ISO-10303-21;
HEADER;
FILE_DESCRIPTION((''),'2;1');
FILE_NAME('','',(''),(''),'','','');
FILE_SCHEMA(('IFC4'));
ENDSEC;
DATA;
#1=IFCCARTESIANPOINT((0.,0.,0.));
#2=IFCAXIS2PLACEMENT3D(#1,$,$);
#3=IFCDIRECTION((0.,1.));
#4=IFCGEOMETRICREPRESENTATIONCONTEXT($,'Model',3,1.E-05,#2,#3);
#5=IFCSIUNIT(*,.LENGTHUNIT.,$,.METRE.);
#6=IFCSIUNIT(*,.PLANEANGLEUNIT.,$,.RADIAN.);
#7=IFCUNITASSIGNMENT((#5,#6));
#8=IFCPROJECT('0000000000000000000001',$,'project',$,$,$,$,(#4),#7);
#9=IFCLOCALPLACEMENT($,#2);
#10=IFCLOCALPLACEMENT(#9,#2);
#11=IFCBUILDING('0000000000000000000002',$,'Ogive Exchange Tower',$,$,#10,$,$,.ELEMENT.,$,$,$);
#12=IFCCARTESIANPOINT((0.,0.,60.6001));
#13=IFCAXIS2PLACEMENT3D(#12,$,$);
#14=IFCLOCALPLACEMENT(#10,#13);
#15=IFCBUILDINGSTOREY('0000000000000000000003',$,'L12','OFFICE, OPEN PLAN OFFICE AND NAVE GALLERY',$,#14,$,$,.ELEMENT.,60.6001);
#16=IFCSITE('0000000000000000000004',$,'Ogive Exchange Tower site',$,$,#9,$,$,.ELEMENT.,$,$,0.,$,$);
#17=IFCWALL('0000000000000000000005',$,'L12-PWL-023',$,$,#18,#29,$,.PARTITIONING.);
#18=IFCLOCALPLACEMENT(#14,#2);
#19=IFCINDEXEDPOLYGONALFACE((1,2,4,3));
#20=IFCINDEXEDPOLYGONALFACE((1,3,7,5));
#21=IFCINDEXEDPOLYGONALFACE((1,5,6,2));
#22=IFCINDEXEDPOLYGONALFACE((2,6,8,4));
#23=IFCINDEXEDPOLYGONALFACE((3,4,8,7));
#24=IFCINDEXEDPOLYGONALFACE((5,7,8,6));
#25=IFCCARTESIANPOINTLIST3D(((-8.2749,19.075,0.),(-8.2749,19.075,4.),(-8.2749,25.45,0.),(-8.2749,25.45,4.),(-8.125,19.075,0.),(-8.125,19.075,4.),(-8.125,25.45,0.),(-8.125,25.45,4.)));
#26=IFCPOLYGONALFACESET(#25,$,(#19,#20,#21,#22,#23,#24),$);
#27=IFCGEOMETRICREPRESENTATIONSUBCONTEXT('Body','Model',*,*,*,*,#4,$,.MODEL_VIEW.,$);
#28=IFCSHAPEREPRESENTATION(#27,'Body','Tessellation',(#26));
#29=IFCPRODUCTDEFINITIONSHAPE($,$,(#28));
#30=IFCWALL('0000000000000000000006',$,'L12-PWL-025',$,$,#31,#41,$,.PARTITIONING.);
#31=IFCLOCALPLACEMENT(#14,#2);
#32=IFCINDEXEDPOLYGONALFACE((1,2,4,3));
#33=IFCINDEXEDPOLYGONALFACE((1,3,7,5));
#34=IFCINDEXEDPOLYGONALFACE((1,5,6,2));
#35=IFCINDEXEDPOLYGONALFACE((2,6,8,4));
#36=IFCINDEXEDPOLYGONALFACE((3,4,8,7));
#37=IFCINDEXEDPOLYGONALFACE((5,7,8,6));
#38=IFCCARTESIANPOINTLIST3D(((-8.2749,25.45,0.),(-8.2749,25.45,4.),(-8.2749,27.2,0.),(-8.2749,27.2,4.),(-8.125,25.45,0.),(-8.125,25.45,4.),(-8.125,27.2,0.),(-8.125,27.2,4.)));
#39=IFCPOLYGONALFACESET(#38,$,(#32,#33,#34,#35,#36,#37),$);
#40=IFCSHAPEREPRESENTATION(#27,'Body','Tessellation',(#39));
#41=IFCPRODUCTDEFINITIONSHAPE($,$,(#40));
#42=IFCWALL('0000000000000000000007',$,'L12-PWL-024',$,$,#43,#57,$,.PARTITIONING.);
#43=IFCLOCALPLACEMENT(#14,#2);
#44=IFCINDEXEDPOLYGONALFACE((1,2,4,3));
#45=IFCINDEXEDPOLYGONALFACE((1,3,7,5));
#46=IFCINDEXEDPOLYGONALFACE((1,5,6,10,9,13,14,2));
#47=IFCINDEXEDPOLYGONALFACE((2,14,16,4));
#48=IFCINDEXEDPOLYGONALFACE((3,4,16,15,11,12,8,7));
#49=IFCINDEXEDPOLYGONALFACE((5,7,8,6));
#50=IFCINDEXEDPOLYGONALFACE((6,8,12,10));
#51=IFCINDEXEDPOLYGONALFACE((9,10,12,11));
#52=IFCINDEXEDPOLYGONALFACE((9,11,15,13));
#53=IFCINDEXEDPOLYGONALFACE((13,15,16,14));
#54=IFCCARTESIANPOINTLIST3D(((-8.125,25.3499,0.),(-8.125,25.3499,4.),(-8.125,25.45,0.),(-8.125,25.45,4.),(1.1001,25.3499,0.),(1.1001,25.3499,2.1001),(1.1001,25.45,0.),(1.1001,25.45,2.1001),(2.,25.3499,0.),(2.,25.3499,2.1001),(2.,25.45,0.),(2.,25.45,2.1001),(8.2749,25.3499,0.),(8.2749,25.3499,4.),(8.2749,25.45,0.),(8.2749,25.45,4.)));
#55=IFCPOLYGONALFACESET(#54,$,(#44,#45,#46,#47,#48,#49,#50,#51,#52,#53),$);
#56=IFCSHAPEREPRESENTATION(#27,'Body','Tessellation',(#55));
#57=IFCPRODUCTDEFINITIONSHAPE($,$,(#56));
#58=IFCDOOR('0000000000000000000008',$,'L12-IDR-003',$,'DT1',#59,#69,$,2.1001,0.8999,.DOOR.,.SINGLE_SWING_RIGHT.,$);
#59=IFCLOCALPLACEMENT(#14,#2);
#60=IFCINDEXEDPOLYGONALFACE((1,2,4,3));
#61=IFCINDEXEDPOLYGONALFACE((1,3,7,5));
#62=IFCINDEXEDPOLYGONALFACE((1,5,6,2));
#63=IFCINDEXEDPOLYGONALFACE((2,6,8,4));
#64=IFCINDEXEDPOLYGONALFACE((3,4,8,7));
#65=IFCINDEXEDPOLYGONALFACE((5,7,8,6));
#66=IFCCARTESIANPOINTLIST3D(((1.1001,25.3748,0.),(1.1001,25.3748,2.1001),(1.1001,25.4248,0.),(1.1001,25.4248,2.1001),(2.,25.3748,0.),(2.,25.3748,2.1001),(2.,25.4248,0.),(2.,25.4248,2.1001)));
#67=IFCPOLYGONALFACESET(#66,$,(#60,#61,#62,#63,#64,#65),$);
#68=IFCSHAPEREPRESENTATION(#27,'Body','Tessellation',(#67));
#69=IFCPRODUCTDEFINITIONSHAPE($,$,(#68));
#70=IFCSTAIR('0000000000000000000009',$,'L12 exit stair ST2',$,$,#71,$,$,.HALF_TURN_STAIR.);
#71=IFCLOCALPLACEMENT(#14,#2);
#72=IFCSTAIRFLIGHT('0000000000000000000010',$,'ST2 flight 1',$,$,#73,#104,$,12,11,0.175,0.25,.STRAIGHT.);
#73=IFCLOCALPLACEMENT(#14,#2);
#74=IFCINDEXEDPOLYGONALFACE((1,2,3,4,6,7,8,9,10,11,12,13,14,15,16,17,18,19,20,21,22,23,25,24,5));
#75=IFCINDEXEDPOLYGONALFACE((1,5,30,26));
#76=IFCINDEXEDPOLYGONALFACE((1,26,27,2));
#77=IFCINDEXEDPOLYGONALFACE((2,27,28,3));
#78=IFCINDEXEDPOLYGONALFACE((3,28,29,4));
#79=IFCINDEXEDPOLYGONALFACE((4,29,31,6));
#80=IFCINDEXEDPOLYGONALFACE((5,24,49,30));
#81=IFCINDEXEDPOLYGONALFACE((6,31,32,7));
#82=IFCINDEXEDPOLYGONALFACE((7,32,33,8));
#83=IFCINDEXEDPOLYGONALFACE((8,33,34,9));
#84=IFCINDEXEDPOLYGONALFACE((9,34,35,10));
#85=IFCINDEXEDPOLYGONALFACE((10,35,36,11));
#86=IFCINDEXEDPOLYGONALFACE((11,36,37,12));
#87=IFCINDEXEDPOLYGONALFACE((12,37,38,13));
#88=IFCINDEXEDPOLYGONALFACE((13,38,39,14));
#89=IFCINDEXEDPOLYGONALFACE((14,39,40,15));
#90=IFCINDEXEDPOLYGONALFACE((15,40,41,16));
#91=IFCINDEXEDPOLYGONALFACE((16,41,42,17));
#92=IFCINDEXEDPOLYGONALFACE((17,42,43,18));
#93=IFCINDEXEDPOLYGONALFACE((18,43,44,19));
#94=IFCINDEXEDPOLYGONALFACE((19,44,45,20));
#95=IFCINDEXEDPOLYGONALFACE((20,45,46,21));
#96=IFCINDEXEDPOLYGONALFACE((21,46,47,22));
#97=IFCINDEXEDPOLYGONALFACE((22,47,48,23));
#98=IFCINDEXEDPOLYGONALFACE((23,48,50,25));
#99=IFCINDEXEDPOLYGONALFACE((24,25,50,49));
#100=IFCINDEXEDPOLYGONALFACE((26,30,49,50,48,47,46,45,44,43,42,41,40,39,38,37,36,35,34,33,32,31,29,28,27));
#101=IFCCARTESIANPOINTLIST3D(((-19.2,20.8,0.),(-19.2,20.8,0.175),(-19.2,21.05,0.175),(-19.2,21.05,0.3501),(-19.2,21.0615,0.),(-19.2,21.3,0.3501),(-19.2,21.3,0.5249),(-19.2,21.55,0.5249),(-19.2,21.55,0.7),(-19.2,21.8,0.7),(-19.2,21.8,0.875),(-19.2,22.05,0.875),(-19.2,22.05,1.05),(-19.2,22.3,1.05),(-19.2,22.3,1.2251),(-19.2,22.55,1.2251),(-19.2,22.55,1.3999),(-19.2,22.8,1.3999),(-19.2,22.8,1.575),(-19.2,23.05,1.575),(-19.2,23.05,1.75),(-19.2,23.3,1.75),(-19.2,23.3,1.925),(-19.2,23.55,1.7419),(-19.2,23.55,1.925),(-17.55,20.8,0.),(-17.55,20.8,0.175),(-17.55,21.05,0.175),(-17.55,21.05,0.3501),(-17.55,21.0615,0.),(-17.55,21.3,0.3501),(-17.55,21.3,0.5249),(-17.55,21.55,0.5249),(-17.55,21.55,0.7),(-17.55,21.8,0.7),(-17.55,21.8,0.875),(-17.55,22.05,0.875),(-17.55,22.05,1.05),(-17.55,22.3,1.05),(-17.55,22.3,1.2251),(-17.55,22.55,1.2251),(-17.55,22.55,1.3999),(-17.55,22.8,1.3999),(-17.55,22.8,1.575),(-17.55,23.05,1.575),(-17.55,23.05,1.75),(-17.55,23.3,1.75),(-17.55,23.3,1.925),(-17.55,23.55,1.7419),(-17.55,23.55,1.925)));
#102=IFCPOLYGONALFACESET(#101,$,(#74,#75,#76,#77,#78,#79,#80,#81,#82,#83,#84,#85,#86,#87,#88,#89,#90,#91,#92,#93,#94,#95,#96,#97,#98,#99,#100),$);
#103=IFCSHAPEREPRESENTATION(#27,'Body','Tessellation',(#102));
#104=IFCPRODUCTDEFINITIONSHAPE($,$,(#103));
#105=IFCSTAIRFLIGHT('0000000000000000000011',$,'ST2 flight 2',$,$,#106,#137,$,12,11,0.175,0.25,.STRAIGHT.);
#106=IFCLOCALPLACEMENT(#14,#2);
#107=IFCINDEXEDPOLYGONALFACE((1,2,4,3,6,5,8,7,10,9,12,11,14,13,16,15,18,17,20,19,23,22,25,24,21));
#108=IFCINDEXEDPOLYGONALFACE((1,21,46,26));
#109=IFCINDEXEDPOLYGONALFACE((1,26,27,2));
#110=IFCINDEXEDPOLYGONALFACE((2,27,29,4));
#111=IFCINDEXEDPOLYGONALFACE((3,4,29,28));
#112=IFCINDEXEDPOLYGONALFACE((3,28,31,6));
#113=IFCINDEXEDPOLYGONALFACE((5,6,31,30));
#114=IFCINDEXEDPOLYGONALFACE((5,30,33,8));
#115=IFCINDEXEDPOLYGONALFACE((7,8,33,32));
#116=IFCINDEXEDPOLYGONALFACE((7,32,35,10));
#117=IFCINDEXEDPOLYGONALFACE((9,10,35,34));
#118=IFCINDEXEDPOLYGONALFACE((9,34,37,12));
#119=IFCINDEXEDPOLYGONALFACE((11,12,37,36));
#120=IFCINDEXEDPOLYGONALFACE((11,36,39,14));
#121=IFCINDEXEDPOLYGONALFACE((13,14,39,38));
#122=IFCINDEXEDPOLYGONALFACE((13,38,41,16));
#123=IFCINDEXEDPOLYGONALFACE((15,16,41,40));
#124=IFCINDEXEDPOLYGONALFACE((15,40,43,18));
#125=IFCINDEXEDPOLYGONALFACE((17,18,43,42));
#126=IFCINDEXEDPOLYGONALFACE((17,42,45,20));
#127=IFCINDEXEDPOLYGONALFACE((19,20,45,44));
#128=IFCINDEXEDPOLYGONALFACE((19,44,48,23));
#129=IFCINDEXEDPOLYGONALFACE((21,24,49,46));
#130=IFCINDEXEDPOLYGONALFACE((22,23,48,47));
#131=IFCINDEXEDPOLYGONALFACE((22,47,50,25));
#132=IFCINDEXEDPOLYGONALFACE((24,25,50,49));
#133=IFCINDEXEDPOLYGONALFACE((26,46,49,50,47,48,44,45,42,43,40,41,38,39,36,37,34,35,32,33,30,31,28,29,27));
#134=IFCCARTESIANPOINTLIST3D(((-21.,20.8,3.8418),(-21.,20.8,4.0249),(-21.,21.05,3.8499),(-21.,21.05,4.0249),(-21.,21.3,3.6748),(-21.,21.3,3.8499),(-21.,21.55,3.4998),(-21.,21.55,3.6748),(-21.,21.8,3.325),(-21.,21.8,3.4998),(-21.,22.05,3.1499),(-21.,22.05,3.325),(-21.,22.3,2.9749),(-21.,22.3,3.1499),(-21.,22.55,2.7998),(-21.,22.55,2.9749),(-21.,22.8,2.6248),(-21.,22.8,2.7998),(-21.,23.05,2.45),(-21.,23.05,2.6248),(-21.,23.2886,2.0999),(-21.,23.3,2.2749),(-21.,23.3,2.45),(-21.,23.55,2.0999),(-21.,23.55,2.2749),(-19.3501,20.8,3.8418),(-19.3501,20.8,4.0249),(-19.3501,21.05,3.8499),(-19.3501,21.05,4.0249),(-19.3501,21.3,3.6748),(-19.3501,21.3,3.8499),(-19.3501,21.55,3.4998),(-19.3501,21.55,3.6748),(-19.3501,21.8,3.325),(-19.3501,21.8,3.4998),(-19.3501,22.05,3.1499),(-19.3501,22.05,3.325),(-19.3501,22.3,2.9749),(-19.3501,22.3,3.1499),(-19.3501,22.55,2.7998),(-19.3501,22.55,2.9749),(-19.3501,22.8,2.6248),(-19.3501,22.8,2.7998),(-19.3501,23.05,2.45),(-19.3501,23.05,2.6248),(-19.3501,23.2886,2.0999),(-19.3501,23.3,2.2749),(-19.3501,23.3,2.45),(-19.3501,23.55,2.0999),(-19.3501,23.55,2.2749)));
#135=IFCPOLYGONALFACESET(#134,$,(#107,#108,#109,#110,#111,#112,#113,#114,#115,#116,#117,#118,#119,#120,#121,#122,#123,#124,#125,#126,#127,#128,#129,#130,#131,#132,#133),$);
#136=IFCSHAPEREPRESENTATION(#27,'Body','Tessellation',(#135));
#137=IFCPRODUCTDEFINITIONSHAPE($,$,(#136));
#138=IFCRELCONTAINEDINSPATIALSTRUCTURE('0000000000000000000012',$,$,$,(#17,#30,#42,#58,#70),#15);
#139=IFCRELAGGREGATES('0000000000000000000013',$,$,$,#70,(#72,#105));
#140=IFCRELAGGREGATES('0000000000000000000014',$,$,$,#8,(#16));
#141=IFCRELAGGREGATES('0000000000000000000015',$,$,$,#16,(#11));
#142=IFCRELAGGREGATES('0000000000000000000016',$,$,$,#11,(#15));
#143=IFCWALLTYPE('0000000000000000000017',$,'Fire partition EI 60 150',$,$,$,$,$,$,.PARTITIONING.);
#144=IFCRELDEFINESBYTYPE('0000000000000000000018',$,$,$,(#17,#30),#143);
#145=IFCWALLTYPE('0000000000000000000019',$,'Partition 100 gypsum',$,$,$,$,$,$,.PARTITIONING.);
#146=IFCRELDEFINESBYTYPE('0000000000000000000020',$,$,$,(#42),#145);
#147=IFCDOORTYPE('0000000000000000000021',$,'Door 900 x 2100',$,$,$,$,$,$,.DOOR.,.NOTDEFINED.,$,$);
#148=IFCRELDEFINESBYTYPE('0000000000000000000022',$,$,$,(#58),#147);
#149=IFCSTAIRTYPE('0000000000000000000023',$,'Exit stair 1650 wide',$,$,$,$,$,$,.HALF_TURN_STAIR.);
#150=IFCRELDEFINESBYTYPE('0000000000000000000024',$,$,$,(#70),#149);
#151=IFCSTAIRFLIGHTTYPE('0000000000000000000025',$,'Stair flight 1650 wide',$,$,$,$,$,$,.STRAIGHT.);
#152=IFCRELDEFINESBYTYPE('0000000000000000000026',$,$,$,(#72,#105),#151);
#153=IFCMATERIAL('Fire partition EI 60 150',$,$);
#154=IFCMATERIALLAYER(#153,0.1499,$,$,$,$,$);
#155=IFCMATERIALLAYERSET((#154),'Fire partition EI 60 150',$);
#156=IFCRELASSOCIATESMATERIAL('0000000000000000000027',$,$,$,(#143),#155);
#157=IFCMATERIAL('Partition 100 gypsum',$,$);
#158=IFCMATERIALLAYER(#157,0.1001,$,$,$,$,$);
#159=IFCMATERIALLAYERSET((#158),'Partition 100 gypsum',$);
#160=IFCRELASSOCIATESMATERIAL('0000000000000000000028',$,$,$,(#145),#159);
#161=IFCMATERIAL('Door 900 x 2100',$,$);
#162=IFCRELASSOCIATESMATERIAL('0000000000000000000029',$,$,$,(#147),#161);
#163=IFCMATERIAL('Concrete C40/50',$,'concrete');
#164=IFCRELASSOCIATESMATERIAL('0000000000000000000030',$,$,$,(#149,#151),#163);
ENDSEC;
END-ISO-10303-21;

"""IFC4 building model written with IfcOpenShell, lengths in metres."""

from ifc_helpers import new_model, si_unit, direction, frame, frame_2d, origin, place, context, subcontext, project, spatial, polyline, rectangle, outline, extrude, material, layer, layer_set, type_object, element, fill, aggregate, save


model = new_model("IFC4")

# Units and contexts
model_context = context("Model", 3, precision=1e-05, world=origin(), true_north=direction((0.0, 1.0)))
body_context = subcontext(model_context, "Body", "Model", "MODEL_VIEW")
ifc_project = project(units=[si_unit("LENGTHUNIT", "METRE"), si_unit("PLANEANGLEUNIT", "RADIAN")], contexts=[model_context])

# Site, building, storey
site_placement = place(None, origin())
site = spatial("IfcSite", under=ifc_project, at=site_placement, Name="Ogive Exchange Tower site", CompositionType="ELEMENT", RefElevation=0.0)
building_placement = place(site_placement, origin())
building = spatial("IfcBuilding", under=site, at=building_placement, Name="Ogive Exchange Tower", CompositionType="ELEMENT")
storey_placement = place(building_placement, frame((0.0, 0.0, 60.6001)))
storey = spatial("IfcBuildingStorey", under=building, at=storey_placement, Name="L12", Description="OFFICE, OPEN PLAN OFFICE AND NAVE GALLERY", CompositionType="ELEMENT", Elevation=60.6001)

# Walls
ifc_material_1 = material(Name="Fire partition EI 60 150")
ifc_layer_1 = layer(ifc_material_1, 0.1499)
ifc_layer_set_1 = layer_set([ifc_layer_1], Name="Fire partition EI 60 150")
wall_type_1 = type_object("IfcWallType", Name="Fire partition EI 60 150", PredefinedType="PARTITIONING", material=ifc_layer_set_1)
wall_1_placement = place(storey_placement, frame((-8.2, 25.45, 0.0), z_axis=(0.0, 0.0, 1.0), x_axis=(0.0, -1.0, 0.0)))
element("IfcWall", 1, at=wall_1_placement, inside=storey, type_object=wall_type_1, Name="L12-PWL-023", PredefinedType="PARTITIONING", context=body_context, shape_type="SweptSolid", body=[
    extrude(rectangle(XDim=6.375, YDim=0.1499, at=frame_2d((3.1875, 0.0))), origin(), (0.0, 0.0, 1.0), 4.0),
])
wall_2_placement = place(storey_placement, frame((-8.2, 27.2, 0.0), z_axis=(0.0, 0.0, 1.0), x_axis=(0.0, -1.0, 0.0)))
element("IfcWall", 2, at=wall_2_placement, inside=storey, type_object=wall_type_1, Name="L12-PWL-025", PredefinedType="PARTITIONING", context=body_context, shape_type="SweptSolid", body=[
    extrude(rectangle(XDim=1.75, YDim=0.1499, at=frame_2d((0.875, 0.0))), origin(), (0.0, 0.0, 1.0), 4.0),
])

# Wall, opening, door
ifc_material_2 = material(Name="Partition 100 gypsum")
ifc_layer_2 = layer(ifc_material_2, 0.1001)
ifc_layer_set_2 = layer_set([ifc_layer_2], Name="Partition 100 gypsum")
wall_type_2 = type_object("IfcWallType", Name="Partition 100 gypsum", PredefinedType="PARTITIONING", material=ifc_layer_set_2)
wall_3_placement = place(storey_placement, frame((-8.125, 25.3999, 0.0), z_axis=(0.0, 0.0, 1.0), x_axis=(1.0, 0.0, 0.0)))
wall_3 = element("IfcWall", 3, at=wall_3_placement, inside=storey, type_object=wall_type_2, Name="L12-PWL-024", PredefinedType="PARTITIONING", context=body_context, shape_type="SweptSolid", body=[
    extrude(rectangle(XDim=16.3999, YDim=0.1001, at=frame_2d((8.2, 0.0))), origin(), (0.0, 0.0, 1.0), 4.0),
])
opening_placement = place(wall_3_placement, frame((9.2251, 0.0, 0.0)))
opening = element("IfcOpeningElement", 4, at=opening_placement, cuts=wall_3, PredefinedType="OPENING", context=body_context, shape_type="SweptSolid", body=[
    extrude(rectangle(XDim=0.8999, YDim=2.1001, at=frame_2d((0.45, 1.05))), frame((0.0, 0.0601, 0.0), z_axis=(0.0, -1.0, 0.0), x_axis=(1.0, 0.0, 0.0)), (0.0, 0.0, 1.0), 0.1201),
])
ifc_material_3 = material(Name="Door 900 x 2100")
door_type = type_object("IfcDoorType", Name="Door 900 x 2100", OperationType="NOTDEFINED", PredefinedType="DOOR", material=ifc_material_3)
door_placement = place(opening_placement, origin())
door = element("IfcDoor", 5, at=door_placement, inside=storey, type_object=door_type, Name="L12-IDR-003", ObjectType="DT1", OperationType="SINGLE_SWING_RIGHT", OverallHeight=2.1001, OverallWidth=0.8999, PredefinedType="DOOR", context=body_context, shape_type="SweptSolid", body=[
    extrude(rectangle(XDim=0.8999, YDim=2.1001, at=frame_2d((0.45, 1.05))), frame((0.0, 0.0249, 0.0), z_axis=(0.0, -1.0, 0.0), x_axis=(1.0, 0.0, 0.0)), (0.0, 0.0, 1.0), 0.05),
])
fill(opening, door)

# Stair, stair flights
ifc_material_4 = material(Name="Concrete C40/50", Category="concrete")
stair_type = type_object("IfcStairType", Name="Exit stair 1650 wide", PredefinedType="HALF_TURN_STAIR", material=ifc_material_4)
stair_placement = place(storey_placement, origin())
stair = element("IfcStair", 6, at=stair_placement, inside=storey, type_object=stair_type, Name="L12 exit stair ST2", PredefinedType="HALF_TURN_STAIR")
stair_flight_type = type_object("IfcStairFlightType", Name="Stair flight 1650 wide", PredefinedType="STRAIGHT", material=ifc_material_4)
stair_flight_1_placement = place(storey_placement, frame((-18.375, 20.8, 0.0), z_axis=(0.0, 0.0, 1.0), x_axis=(0.0, 1.0, 0.0)))
stair_flight_1 = element("IfcStairFlight", 7, at=stair_flight_1_placement, type_object=stair_flight_type, Name="ST2 flight 1", NumberOfRisers=12, NumberOfTreads=11, PredefinedType="STRAIGHT", RiserHeight=0.175, TreadLength=0.25, context=body_context, shape_type="SweptSolid", body=[
    extrude(outline(polyline([(0.0, 0.0), (0.0, 0.175), (0.25, 0.175), (0.25, 0.3501), (0.5, 0.3501), (0.5, 0.5249), (0.75, 0.5249), (0.75, 0.7), (1.0, 0.7), (1.0, 0.875), (1.25, 0.875), (1.25, 1.05), (1.5, 1.05), (1.5, 1.2251), (1.75, 1.2251), (1.75, 1.3999), (2.0, 1.3999), (2.0, 1.575), (2.25, 1.575), (2.25, 1.75), (2.5, 1.75), (2.5, 1.925), (2.75, 1.925), (2.75, 2.1001), (2.75, 1.7419), (0.2615, 0.0), (0.0, 0.0)])), frame((0.0, 0.825, 0.0), z_axis=(0.0, -1.0, 0.0), x_axis=(1.0, 0.0, 0.0)), (0.0, 0.0, 1.0), 1.6499),
])
stair_flight_2_placement = place(storey_placement, frame((-20.175, 23.55, 2.0999), z_axis=(0.0, 0.0, 1.0), x_axis=(0.0, -1.0, 0.0)))
stair_flight_2 = element("IfcStairFlight", 8, at=stair_flight_2_placement, type_object=stair_flight_type, Name="ST2 flight 2", NumberOfRisers=12, NumberOfTreads=11, PredefinedType="STRAIGHT", RiserHeight=0.175, TreadLength=0.25, context=body_context, shape_type="SweptSolid", body=[
    extrude(outline(polyline([(0.0, 0.0), (0.0, 0.175), (0.25, 0.175), (0.25, 0.3501), (0.5, 0.3501), (0.5, 0.5249), (0.75, 0.5249), (0.75, 0.7), (1.0, 0.7), (1.0, 0.875), (1.25, 0.875), (1.25, 1.05), (1.5, 1.05), (1.5, 1.2251), (1.75, 1.2251), (1.75, 1.3999), (2.0, 1.3999), (2.0, 1.575), (2.25, 1.575), (2.25, 1.75), (2.5, 1.75), (2.5, 1.925), (2.75, 1.925), (2.75, 2.1001), (2.75, 1.7419), (0.2615, 0.0), (0.0, 0.0)])), frame((0.0, 0.825, 0.0), z_axis=(0.0, -1.0, 0.0), x_axis=(1.0, 0.0, 0.0)), (0.0, 0.0, 1.0), 1.6499),
])
aggregate(stair, [stair_flight_1, stair_flight_2])

save(model, "model.ifc")
